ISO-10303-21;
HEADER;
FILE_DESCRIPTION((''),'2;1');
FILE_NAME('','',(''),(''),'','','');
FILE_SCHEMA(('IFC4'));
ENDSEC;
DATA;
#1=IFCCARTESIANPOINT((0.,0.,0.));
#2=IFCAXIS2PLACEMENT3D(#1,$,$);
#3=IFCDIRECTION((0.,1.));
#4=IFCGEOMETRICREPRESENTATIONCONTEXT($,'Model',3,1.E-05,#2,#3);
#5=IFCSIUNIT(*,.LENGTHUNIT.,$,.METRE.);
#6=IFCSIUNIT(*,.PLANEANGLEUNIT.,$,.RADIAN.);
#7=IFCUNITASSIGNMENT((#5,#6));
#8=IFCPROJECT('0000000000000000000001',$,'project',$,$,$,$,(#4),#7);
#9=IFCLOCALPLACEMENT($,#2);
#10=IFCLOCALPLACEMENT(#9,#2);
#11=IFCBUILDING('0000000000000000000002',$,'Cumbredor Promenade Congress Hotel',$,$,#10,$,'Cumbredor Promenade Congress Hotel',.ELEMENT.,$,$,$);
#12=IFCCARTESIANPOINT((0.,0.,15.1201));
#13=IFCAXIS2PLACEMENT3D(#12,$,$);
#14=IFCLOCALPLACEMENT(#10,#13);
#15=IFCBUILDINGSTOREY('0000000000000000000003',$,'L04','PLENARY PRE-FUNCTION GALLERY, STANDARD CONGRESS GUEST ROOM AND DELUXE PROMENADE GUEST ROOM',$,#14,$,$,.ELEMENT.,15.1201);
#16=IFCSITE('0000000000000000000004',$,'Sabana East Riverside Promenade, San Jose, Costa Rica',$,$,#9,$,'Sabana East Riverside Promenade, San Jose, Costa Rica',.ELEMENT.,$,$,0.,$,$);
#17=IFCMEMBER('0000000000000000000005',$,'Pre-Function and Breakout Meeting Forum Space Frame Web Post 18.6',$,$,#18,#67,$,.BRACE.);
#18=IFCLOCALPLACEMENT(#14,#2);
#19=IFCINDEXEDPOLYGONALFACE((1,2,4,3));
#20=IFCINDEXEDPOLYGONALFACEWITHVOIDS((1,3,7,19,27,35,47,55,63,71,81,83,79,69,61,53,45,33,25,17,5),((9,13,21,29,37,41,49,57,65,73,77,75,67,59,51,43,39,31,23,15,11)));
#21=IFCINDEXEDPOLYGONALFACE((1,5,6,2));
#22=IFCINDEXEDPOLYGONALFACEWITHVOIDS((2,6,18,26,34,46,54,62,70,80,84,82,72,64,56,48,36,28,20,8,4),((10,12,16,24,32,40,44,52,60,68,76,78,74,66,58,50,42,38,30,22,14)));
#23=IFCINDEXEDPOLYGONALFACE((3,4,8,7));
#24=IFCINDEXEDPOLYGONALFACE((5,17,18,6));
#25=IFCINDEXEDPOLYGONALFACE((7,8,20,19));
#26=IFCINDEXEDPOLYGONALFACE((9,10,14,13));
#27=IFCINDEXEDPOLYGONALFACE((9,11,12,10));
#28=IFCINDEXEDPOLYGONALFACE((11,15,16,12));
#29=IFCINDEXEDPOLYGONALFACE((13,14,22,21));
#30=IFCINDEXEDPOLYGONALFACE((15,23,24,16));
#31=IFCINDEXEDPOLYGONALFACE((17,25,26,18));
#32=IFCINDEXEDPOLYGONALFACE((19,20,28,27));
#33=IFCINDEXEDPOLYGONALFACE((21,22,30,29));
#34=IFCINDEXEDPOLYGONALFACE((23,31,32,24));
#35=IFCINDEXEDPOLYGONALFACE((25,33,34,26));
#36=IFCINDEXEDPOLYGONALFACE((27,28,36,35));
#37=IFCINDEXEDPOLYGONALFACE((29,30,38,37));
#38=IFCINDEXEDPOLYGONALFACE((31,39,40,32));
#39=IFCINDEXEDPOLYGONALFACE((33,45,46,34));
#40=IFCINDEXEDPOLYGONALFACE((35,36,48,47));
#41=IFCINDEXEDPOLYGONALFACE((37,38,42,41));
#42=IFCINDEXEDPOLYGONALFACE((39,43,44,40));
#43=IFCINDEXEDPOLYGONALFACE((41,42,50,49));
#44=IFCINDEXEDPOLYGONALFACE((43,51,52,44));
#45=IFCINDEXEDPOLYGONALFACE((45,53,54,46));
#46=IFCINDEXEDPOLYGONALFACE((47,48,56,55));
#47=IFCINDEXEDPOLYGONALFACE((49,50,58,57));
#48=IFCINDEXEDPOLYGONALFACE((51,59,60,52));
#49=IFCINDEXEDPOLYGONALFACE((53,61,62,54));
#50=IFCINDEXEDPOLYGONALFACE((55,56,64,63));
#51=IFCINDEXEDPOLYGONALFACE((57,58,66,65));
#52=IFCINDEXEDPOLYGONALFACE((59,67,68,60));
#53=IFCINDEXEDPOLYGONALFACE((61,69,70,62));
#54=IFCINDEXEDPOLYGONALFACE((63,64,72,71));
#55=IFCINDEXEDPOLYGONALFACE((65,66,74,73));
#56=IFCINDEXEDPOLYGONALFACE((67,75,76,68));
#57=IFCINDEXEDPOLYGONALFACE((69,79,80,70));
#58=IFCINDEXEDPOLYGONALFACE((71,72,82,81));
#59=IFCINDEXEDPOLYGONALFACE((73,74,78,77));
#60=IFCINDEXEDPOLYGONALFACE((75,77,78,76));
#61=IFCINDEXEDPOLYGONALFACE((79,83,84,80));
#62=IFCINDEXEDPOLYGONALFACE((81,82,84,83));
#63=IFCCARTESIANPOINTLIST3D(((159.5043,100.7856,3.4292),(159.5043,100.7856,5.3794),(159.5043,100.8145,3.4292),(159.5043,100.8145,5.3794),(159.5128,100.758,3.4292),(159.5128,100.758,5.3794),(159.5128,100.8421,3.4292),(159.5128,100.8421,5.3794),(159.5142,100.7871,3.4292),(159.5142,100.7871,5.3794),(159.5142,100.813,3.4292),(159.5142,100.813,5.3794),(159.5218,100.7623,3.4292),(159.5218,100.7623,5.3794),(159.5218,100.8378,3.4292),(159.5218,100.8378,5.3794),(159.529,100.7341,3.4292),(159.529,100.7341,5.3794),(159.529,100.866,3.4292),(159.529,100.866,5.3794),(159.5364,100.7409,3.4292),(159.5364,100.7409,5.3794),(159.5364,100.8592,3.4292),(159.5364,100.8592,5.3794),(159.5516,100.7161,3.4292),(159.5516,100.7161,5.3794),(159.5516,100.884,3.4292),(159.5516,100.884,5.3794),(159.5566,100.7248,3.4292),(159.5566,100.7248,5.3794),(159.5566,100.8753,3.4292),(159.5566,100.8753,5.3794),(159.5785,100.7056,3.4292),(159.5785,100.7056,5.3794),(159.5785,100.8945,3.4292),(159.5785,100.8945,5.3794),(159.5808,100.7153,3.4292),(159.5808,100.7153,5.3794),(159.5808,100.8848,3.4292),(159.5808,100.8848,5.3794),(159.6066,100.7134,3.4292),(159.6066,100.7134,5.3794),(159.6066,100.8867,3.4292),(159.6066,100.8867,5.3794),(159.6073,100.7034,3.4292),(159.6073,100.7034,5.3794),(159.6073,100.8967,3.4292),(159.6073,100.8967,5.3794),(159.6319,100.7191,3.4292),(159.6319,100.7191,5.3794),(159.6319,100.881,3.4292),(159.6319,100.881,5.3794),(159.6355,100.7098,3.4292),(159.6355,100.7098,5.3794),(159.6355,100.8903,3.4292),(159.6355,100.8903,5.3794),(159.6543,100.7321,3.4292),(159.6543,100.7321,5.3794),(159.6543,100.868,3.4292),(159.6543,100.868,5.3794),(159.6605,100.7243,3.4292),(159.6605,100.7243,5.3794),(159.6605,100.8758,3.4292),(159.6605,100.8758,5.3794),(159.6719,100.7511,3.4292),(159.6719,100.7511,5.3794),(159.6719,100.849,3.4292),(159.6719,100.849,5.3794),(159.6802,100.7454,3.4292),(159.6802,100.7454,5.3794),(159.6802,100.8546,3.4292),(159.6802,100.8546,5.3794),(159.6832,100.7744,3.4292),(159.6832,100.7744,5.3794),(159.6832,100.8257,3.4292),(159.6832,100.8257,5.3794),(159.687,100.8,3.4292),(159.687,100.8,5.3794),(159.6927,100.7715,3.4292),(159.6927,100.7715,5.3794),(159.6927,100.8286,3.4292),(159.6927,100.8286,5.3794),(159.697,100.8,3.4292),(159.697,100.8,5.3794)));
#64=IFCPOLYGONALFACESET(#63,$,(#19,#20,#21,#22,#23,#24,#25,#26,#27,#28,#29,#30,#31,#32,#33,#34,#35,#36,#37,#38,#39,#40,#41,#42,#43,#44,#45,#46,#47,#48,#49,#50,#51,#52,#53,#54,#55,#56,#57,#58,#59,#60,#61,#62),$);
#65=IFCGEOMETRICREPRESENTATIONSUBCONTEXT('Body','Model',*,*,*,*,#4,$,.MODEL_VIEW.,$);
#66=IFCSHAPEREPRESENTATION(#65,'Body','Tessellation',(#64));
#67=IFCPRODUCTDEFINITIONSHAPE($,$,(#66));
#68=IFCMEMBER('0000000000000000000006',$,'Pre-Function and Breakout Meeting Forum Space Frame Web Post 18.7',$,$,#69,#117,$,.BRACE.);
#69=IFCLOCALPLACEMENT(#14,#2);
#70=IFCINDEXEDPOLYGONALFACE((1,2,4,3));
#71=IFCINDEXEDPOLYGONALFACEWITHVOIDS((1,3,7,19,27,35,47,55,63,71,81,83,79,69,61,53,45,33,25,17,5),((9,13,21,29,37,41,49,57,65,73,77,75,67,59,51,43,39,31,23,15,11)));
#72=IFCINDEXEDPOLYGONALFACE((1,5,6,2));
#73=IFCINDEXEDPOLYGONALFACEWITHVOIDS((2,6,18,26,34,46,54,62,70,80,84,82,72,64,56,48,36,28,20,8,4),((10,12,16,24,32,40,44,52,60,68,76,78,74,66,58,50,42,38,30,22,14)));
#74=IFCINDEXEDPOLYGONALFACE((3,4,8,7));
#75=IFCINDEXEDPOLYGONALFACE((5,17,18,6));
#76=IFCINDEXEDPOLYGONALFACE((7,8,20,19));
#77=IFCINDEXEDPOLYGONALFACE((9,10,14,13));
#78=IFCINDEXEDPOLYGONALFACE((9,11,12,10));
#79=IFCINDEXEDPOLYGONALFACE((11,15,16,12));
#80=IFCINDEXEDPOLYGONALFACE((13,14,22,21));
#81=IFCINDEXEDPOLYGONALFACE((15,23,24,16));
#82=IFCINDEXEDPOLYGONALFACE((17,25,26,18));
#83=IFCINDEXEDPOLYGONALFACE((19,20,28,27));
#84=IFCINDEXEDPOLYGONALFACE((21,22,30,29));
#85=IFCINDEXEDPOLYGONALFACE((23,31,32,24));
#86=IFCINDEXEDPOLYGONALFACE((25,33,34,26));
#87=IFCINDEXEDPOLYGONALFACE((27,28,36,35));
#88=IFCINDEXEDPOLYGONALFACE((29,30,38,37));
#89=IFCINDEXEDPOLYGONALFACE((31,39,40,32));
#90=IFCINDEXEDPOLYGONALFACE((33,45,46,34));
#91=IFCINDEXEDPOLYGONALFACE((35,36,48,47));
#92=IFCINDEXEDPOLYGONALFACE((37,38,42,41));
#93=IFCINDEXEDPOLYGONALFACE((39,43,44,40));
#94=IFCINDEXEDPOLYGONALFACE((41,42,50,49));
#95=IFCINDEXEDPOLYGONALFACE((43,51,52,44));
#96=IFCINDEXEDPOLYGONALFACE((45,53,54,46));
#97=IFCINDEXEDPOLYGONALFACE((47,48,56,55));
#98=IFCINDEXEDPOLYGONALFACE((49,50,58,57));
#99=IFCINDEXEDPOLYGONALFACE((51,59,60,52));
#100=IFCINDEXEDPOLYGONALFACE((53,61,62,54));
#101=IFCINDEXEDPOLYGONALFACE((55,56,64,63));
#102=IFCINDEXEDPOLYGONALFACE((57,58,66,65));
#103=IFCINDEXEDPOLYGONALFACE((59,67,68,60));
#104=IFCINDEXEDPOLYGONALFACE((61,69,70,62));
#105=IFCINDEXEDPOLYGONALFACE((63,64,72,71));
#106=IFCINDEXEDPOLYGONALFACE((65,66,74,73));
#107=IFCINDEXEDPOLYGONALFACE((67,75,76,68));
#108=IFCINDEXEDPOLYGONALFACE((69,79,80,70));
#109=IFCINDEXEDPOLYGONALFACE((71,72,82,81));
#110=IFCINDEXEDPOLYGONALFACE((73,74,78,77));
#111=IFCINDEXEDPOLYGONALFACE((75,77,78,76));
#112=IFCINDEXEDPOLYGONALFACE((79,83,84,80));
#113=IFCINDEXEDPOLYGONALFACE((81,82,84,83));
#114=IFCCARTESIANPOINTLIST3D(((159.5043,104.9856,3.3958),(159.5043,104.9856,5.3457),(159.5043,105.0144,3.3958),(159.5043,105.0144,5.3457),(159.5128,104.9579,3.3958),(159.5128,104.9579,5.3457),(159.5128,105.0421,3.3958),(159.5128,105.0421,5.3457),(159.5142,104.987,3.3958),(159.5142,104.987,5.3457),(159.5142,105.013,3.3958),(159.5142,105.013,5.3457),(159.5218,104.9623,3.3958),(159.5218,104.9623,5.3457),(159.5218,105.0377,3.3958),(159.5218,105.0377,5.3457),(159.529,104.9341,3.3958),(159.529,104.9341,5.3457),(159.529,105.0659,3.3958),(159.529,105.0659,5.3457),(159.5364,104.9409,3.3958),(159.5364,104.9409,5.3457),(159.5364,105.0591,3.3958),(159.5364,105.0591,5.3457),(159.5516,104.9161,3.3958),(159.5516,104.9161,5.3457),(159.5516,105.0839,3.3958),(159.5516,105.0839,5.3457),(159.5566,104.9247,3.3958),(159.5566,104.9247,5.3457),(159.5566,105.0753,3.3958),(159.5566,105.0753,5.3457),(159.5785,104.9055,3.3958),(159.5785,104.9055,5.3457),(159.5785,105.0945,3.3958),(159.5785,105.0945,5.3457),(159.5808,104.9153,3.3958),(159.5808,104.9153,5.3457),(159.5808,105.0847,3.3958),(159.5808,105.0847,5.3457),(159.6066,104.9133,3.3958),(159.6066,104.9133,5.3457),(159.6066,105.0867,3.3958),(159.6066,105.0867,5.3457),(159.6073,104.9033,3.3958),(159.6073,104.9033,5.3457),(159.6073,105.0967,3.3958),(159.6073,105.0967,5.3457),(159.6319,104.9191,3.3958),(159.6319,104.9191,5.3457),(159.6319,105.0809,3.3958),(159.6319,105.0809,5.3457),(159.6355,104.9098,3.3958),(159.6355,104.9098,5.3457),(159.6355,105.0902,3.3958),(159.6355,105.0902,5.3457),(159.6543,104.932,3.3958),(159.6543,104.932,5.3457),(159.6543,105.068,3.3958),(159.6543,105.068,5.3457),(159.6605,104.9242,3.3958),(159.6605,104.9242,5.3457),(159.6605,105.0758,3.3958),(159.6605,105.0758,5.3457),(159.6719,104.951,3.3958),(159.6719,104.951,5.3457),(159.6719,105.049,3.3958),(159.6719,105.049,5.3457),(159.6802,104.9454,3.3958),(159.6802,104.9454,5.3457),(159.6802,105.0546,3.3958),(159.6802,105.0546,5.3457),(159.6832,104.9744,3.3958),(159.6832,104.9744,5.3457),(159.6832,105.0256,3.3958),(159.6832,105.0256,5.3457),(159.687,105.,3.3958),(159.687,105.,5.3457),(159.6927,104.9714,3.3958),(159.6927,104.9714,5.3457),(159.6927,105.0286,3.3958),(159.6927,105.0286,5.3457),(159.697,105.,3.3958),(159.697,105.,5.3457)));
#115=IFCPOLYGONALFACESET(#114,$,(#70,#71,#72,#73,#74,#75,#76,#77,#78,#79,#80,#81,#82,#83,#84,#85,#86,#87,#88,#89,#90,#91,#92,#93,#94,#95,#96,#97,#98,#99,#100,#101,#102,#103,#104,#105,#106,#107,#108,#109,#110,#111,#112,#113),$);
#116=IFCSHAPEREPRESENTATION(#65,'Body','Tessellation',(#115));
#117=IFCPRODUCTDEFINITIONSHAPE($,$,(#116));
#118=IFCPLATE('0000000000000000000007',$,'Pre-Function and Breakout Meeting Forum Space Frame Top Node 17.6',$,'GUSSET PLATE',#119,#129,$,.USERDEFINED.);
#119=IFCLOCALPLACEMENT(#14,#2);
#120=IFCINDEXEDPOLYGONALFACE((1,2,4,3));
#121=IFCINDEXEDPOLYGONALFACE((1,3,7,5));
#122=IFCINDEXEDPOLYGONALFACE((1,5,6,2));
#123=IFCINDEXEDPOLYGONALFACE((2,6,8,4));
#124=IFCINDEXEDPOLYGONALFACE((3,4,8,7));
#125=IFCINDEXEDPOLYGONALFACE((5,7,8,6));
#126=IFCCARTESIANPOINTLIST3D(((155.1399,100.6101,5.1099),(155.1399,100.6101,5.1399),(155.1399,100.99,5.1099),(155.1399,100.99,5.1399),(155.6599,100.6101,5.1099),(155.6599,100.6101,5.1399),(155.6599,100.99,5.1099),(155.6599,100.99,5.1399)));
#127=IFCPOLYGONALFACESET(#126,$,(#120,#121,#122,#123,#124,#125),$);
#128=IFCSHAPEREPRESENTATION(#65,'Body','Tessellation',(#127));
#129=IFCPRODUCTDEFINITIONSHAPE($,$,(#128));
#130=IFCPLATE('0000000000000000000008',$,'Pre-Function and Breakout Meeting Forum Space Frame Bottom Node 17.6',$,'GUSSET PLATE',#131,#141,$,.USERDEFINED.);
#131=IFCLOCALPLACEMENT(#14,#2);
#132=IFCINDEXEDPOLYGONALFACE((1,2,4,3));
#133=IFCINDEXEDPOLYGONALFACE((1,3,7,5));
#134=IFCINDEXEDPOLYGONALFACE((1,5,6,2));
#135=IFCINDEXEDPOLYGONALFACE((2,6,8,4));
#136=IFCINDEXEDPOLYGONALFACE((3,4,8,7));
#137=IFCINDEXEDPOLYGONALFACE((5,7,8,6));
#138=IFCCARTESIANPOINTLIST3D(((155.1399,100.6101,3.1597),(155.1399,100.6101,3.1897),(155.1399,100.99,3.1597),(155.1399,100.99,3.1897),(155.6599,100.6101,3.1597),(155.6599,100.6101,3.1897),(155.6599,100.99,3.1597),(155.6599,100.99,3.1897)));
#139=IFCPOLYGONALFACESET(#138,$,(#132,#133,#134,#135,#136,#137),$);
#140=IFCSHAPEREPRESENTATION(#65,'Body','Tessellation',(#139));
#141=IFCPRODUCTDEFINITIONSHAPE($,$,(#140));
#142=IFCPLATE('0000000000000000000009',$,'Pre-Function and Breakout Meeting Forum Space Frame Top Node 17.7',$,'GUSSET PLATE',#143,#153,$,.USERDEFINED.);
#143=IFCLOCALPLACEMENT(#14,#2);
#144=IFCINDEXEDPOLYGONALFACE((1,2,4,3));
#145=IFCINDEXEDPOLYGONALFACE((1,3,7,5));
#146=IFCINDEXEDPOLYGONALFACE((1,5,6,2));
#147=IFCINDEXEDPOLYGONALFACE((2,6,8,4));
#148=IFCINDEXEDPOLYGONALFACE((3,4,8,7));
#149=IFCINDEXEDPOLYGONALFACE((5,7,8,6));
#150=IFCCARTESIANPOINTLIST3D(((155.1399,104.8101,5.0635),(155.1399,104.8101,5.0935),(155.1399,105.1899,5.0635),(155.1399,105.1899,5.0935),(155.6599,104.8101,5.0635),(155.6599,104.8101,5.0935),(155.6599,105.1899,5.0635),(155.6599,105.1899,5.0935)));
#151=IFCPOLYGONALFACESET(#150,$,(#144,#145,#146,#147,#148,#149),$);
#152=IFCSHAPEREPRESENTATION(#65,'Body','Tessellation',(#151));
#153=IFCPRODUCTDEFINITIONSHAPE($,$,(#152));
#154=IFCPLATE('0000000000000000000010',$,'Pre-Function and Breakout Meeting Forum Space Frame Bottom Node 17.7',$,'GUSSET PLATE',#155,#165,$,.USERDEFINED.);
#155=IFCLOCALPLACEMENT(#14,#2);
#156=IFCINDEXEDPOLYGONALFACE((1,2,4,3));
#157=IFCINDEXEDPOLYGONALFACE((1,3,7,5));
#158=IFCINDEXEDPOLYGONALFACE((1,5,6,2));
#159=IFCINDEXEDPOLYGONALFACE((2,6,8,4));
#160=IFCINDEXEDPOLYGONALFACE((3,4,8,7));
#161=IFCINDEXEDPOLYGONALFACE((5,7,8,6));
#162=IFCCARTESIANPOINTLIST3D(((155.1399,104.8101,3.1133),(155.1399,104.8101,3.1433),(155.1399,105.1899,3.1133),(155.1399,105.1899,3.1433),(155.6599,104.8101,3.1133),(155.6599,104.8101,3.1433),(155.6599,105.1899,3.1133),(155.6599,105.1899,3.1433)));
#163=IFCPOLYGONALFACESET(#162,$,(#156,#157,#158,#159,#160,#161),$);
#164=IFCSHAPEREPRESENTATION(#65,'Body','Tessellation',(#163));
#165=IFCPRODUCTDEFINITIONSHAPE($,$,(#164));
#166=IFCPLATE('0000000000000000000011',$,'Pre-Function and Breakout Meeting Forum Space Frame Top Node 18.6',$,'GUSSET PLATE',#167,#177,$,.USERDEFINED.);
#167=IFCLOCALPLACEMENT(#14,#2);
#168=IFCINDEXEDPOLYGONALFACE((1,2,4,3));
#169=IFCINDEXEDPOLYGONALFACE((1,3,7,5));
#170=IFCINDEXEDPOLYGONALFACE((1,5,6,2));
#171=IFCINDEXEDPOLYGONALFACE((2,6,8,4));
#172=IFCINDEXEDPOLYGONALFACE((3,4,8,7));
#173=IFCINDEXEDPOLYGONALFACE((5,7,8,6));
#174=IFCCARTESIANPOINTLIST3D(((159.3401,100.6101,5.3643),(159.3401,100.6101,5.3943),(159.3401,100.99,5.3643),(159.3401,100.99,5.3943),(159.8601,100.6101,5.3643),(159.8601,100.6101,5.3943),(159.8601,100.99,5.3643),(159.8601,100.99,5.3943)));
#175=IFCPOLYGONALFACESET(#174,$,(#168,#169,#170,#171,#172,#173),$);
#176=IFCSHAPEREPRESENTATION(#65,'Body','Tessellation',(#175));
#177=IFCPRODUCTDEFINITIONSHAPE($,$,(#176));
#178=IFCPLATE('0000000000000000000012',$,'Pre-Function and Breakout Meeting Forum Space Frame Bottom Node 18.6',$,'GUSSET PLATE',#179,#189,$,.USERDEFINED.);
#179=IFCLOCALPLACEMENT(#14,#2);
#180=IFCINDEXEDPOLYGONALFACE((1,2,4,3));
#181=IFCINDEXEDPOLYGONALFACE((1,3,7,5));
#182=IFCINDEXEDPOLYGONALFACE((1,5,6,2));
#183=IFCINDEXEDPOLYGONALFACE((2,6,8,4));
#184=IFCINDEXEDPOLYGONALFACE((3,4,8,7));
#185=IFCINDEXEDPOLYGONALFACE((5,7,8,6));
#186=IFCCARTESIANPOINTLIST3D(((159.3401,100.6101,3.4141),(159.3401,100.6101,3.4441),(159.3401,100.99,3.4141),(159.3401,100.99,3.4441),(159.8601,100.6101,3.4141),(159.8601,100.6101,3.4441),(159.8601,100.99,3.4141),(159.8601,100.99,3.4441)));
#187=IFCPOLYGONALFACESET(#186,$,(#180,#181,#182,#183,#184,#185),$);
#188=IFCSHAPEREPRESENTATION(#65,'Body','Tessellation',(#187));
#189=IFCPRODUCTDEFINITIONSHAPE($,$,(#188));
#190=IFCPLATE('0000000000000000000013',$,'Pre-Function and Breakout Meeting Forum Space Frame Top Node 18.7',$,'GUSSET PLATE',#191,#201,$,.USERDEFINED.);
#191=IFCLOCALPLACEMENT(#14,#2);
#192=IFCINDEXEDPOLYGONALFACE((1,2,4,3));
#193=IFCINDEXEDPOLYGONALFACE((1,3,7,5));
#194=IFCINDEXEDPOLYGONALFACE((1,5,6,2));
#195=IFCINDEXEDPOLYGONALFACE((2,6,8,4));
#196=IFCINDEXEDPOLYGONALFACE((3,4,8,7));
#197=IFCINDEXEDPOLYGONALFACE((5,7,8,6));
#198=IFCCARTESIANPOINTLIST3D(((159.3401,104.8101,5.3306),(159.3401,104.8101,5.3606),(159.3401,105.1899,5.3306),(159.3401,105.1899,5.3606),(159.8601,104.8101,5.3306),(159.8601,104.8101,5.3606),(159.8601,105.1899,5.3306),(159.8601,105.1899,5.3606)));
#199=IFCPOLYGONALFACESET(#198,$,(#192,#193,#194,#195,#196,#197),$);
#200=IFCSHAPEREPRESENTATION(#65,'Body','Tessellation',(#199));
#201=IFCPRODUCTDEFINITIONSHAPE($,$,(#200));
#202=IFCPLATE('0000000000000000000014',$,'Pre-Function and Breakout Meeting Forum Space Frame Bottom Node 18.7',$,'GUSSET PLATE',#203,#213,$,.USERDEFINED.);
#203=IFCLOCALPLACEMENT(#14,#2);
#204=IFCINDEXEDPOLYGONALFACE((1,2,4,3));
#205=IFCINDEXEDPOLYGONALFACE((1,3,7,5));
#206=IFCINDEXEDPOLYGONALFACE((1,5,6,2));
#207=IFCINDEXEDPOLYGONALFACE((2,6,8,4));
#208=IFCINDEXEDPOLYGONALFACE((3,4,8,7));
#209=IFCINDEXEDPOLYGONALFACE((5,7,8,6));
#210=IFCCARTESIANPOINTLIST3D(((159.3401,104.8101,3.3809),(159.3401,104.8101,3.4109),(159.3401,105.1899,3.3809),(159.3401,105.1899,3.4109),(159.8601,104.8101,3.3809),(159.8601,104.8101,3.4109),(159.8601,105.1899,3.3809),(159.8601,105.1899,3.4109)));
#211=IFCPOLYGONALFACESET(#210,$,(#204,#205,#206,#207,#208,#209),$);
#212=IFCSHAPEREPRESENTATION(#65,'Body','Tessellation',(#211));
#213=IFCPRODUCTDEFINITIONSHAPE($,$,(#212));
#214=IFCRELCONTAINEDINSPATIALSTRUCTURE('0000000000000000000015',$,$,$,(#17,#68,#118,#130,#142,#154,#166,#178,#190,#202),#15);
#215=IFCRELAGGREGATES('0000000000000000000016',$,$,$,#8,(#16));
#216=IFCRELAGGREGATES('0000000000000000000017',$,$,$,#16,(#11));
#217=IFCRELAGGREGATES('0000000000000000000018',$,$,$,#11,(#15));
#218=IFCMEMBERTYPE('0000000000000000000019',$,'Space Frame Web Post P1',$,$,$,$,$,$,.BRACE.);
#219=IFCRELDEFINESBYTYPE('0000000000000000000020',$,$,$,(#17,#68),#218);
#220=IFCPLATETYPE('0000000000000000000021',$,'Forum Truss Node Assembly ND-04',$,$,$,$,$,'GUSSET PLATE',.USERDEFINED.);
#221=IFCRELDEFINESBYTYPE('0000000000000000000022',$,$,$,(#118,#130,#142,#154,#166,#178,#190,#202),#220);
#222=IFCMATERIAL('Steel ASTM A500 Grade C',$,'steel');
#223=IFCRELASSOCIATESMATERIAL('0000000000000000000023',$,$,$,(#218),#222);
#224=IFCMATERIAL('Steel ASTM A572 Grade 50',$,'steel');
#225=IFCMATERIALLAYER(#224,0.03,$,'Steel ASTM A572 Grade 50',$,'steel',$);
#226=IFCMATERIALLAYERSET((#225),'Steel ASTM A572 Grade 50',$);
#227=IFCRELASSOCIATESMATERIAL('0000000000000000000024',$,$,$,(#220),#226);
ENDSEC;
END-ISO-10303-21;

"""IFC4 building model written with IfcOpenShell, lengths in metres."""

from ifc_helpers import new_model, si_unit, direction, frame, origin, origin_2d, place, context, subcontext, project, spatial, rectangle, hollow_circle, extrude, material, layer, layer_set, material_profile, profile_set, type_object, element, save


model = new_model("IFC4")

# Units and contexts
model_context = context("Model", 3, precision=1e-05, world=origin(), true_north=direction((0.0, 1.0)))
body_context = subcontext(model_context, "Body", "Model", "MODEL_VIEW")
ifc_project = project(units=[si_unit("LENGTHUNIT", "METRE"), si_unit("PLANEANGLEUNIT", "RADIAN")], contexts=[model_context])

# Site, building, storey
site_placement = place(None, origin())
site = spatial("IfcSite", under=ifc_project, at=site_placement, Name="Sabana East Riverside Promenade, San Jose, Costa Rica", LongName="Sabana East Riverside Promenade, San Jose, Costa Rica", CompositionType="ELEMENT", RefElevation=0.0)
building_placement = place(site_placement, origin())
building = spatial("IfcBuilding", under=site, at=building_placement, Name="Cumbredor Promenade Congress Hotel", LongName="Cumbredor Promenade Congress Hotel", CompositionType="ELEMENT")
storey_placement = place(building_placement, frame((0.0, 0.0, 15.1201)))
storey = spatial("IfcBuildingStorey", under=building, at=storey_placement, Name="L04", Description="PLENARY PRE-FUNCTION GALLERY, STANDARD CONGRESS GUEST ROOM AND DELUXE PROMENADE GUEST ROOM", CompositionType="ELEMENT", Elevation=15.1201)

# Members
ifc_material_1 = material(Name="Steel ASTM A500 Grade C", Category="steel")
ifc_material_profile_1 = material_profile(ifc_material_1, hollow_circle(Radius=0.0969, WallThickness=0.01, at=origin_2d()), Name="CHS 193.7x10")
ifc_profile_set_1 = profile_set([ifc_material_profile_1], Name="Steel ASTM A500 Grade C")
member_type_1 = type_object("IfcMemberType", Name="Space Frame Web Post P1", PredefinedType="BRACE", material=ifc_profile_set_1)
member_1_placement = place(storey_placement, frame((159.6001, 100.8, 3.4292), z_axis=(0.0, 0.0, 1.0), x_axis=(1.0, 0.0, 0.0)))
element("IfcMember", 1, at=member_1_placement, inside=storey, type_object=member_type_1, Name="Pre-Function and Breakout Meeting Forum Space Frame Web Post 18.6", PredefinedType="BRACE", context=body_context, shape_type="SweptSolid", body=[
    extrude(hollow_circle(Radius=0.0969, WallThickness=0.01, at=origin_2d()), origin(), (0.0, 0.0, 1.0), 1.9502),
])
member_2_placement = place(storey_placement, frame((159.6001, 105.0, 3.3958), z_axis=(0.0, 0.0, 1.0), x_axis=(1.0, 0.0, 0.0)))
element("IfcMember", 2, at=member_2_placement, inside=storey, type_object=member_type_1, Name="Pre-Function and Breakout Meeting Forum Space Frame Web Post 18.7", PredefinedType="BRACE", context=body_context, shape_type="SweptSolid", body=[
    extrude(hollow_circle(Radius=0.0969, WallThickness=0.01, at=origin_2d()), origin(), (0.0, 0.0, 1.0), 1.95),
])

# Plates
ifc_material_2 = material(Name="Steel ASTM A572 Grade 50", Category="steel")
ifc_layer = layer(ifc_material_2, 0.03, Name="Steel ASTM A572 Grade 50", Category="steel")
ifc_layer_set = layer_set([ifc_layer], Name="Steel ASTM A572 Grade 50")
plate_type = type_object("IfcPlateType", Name="Forum Truss Node Assembly ND-04", ElementType="GUSSET PLATE", PredefinedType="USERDEFINED", material=ifc_layer_set)
for number, where, z_axis, x_axis, name in (
    (3, (155.3999, 100.8, 5.1099), (0.0, 0.0, 1.0), (1.0, 0.0, 0.0), "Pre-Function and Breakout Meeting Forum Space Frame Top Node 17.6"),
    (4, (155.3999, 100.8, 3.1597), (0.0, 0.0, 1.0), (1.0, 0.0, 0.0), "Pre-Function and Breakout Meeting Forum Space Frame Bottom Node 17.6"),
    (5, (155.3999, 105.0, 5.0635), (0.0, 0.0, 1.0), (1.0, 0.0, 0.0), "Pre-Function and Breakout Meeting Forum Space Frame Top Node 17.7"),
    (6, (155.3999, 105.0, 3.1133), (0.0, 0.0, 1.0), (1.0, 0.0, 0.0), "Pre-Function and Breakout Meeting Forum Space Frame Bottom Node 17.7"),
    (7, (159.6001, 100.8, 5.3643), (0.0, 0.0, 1.0), (1.0, 0.0, 0.0), "Pre-Function and Breakout Meeting Forum Space Frame Top Node 18.6"),
    (8, (159.6001, 100.8, 3.4141), (0.0, 0.0, 1.0), (1.0, 0.0, 0.0), "Pre-Function and Breakout Meeting Forum Space Frame Bottom Node 18.6"),
    (9, (159.6001, 105.0, 5.3306), (0.0, 0.0, 1.0), (1.0, 0.0, 0.0), "Pre-Function and Breakout Meeting Forum Space Frame Top Node 18.7"),
    (10, (159.6001, 105.0, 3.3809), (0.0, 0.0, 1.0), (1.0, 0.0, 0.0), "Pre-Function and Breakout Meeting Forum Space Frame Bottom Node 18.7"),
):
    element("IfcPlate", number, at=place(storey_placement, frame(where, z_axis=z_axis, x_axis=x_axis)), inside=storey, type_object=plate_type, Name=name, ObjectType="GUSSET PLATE", PredefinedType="USERDEFINED", context=body_context, shape_type="SweptSolid", body=[
        extrude(rectangle(XDim=0.52, YDim=0.3799, at=origin_2d()), origin(), (0.0, 0.0, 1.0), 0.03),
    ])

save(model, "model.ifc")
